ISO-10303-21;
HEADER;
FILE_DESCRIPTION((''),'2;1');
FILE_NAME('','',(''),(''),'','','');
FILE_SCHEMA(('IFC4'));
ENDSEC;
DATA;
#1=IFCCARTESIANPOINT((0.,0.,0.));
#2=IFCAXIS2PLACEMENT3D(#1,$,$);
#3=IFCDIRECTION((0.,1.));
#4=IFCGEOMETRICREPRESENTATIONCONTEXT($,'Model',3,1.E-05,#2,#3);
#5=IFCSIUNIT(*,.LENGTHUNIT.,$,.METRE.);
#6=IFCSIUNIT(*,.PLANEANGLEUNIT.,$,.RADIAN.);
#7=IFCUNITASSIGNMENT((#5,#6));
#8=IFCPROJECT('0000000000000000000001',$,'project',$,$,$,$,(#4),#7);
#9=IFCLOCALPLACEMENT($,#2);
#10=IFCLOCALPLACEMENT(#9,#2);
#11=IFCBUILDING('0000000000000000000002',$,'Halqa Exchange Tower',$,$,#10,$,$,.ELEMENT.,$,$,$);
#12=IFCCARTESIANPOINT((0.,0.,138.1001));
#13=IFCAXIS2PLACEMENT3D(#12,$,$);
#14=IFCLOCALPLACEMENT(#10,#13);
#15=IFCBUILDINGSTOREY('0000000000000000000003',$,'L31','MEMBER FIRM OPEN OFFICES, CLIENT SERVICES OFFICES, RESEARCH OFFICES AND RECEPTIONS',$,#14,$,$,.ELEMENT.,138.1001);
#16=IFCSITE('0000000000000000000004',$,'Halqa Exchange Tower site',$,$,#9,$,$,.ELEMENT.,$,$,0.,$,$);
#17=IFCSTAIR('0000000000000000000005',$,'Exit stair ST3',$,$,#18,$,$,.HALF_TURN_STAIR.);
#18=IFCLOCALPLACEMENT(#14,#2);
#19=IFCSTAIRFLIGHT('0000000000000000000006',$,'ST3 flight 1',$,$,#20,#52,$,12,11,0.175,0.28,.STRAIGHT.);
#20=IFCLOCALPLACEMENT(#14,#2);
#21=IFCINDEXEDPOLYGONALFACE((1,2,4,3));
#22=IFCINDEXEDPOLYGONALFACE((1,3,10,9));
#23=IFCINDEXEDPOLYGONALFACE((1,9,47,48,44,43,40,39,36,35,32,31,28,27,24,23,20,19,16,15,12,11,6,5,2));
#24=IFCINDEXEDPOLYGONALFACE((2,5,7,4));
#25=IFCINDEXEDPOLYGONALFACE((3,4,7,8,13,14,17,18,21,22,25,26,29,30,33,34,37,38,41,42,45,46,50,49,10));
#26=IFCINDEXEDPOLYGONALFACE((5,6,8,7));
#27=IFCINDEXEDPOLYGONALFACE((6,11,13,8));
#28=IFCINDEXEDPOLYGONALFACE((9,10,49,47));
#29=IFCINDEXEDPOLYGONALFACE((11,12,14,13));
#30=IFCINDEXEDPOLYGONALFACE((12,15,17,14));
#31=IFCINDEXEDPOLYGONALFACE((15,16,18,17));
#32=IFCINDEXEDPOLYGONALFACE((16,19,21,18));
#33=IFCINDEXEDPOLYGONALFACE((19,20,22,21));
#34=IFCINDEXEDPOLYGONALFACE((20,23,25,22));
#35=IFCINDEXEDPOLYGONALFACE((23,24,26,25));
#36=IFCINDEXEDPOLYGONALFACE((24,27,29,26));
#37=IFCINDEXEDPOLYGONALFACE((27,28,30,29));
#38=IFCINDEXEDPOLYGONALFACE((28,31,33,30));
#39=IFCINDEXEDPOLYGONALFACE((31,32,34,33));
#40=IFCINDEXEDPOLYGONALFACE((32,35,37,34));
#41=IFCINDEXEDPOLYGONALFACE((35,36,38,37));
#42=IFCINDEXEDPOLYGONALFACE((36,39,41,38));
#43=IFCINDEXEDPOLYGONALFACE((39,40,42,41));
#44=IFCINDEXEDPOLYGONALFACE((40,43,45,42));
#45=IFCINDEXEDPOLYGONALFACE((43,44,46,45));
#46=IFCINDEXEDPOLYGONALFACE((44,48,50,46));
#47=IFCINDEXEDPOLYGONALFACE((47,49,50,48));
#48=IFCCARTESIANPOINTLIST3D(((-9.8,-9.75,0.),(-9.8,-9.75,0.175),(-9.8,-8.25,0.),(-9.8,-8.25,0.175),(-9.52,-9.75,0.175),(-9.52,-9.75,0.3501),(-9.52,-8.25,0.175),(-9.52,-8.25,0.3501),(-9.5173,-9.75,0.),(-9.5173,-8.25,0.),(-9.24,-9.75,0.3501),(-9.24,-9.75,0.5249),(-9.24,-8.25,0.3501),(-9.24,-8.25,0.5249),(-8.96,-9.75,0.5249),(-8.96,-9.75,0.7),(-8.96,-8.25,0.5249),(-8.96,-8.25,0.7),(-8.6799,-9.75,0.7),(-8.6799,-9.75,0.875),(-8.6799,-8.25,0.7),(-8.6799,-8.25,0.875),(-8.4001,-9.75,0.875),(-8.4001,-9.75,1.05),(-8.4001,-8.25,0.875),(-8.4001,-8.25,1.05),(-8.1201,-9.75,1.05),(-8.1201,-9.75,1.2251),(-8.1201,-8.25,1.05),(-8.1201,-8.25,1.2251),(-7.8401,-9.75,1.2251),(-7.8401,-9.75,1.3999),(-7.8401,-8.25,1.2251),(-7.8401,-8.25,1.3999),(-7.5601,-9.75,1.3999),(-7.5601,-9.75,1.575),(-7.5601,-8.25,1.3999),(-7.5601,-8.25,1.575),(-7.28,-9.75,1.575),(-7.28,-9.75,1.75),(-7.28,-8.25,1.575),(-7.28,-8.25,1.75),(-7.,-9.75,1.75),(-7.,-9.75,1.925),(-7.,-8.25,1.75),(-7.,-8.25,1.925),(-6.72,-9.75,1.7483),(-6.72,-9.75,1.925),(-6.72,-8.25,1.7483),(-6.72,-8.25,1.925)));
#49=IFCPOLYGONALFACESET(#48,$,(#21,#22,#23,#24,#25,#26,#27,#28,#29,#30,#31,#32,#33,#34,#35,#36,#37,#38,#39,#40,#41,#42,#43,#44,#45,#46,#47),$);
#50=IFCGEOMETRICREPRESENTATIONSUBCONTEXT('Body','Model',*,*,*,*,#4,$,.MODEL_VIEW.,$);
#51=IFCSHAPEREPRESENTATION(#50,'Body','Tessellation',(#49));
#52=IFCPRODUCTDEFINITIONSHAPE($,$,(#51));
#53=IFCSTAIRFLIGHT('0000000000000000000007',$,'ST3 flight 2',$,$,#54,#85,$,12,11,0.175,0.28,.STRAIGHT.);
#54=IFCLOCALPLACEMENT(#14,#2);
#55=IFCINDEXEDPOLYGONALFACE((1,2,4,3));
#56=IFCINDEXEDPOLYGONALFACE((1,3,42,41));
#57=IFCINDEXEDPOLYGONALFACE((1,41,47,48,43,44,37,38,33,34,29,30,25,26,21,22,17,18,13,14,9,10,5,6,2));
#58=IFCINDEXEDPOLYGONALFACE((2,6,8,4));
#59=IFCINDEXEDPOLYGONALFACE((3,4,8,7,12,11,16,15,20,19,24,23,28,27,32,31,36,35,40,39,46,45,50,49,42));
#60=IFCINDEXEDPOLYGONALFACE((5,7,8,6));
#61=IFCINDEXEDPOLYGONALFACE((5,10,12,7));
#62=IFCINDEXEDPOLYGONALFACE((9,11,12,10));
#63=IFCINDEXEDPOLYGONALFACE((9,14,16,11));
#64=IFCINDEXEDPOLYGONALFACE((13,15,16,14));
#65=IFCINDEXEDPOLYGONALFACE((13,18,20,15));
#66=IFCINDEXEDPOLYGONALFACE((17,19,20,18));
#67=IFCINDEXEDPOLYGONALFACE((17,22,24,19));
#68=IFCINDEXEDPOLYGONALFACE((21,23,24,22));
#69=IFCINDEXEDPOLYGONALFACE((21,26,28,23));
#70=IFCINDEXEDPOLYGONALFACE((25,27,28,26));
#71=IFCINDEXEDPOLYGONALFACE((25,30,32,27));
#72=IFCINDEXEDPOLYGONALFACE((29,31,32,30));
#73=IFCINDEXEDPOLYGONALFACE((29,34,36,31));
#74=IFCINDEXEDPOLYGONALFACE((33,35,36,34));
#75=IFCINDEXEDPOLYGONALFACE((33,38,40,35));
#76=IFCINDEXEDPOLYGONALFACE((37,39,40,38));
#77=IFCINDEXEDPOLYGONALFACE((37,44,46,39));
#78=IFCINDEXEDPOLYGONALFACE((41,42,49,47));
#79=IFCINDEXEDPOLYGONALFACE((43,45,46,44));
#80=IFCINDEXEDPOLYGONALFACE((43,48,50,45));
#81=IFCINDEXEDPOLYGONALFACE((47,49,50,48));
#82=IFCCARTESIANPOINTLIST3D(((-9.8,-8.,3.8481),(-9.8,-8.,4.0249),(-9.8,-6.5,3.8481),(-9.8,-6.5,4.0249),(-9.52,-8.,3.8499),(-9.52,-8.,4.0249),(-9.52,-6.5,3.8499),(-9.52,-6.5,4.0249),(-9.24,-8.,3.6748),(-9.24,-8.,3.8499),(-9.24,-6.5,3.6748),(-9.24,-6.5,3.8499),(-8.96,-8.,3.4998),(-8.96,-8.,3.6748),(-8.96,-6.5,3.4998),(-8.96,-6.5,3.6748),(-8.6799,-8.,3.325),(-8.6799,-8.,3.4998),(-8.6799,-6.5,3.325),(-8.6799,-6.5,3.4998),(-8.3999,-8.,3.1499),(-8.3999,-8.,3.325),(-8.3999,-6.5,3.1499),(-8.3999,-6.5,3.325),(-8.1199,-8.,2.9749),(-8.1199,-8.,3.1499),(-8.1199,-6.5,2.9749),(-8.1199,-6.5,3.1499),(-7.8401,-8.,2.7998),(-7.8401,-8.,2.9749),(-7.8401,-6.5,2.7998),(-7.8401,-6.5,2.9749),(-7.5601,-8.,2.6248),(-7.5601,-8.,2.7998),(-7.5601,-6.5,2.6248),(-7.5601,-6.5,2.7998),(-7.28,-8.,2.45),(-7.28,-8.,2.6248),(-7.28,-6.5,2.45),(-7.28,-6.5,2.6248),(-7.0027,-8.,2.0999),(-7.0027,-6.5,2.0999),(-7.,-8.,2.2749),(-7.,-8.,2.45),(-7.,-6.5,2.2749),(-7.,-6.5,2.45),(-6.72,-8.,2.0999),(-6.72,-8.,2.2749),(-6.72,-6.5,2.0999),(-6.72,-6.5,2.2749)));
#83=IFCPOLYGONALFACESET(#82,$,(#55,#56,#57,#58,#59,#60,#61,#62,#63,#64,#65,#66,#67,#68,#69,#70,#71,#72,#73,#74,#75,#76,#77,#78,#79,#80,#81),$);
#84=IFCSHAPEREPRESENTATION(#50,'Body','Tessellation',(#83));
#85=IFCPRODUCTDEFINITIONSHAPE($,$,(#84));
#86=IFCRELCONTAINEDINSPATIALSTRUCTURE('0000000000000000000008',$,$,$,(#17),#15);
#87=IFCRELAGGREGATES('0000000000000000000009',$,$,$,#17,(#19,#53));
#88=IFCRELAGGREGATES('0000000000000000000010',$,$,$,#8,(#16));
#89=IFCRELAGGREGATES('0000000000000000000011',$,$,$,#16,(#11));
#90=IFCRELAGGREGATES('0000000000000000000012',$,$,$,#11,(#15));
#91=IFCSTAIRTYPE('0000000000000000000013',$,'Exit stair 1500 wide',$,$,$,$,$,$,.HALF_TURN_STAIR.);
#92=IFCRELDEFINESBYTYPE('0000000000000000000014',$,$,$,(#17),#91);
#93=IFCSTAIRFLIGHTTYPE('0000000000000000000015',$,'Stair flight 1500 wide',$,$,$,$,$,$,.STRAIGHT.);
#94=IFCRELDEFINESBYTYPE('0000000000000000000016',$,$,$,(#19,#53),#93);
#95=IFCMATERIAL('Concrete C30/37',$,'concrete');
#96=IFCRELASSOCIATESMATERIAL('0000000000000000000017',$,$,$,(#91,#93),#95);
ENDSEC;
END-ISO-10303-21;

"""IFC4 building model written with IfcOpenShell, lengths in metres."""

from ifc_helpers import new_model, si_unit, direction, frame, origin, place, context, subcontext, project, spatial, polyline, outline, extrude, material, type_object, element, aggregate, save


model = new_model("IFC4")

# Units and contexts
model_context = context("Model", 3, precision=1e-05, world=origin(), true_north=direction((0.0, 1.0)))
body_context = subcontext(model_context, "Body", "Model", "MODEL_VIEW")
ifc_project = project(units=[si_unit("LENGTHUNIT", "METRE"), si_unit("PLANEANGLEUNIT", "RADIAN")], contexts=[model_context])

# Site, building, storey
site_placement = place(None, origin())
site = spatial("IfcSite", under=ifc_project, at=site_placement, Name="Halqa Exchange Tower site", CompositionType="ELEMENT", RefElevation=0.0)
building_placement = place(site_placement, origin())
building = spatial("IfcBuilding", under=site, at=building_placement, Name="Halqa Exchange Tower", CompositionType="ELEMENT")
storey_placement = place(building_placement, frame((0.0, 0.0, 138.1001)))
storey = spatial("IfcBuildingStorey", under=building, at=storey_placement, Name="L31", Description="MEMBER FIRM OPEN OFFICES, CLIENT SERVICES OFFICES, RESEARCH OFFICES AND RECEPTIONS", CompositionType="ELEMENT", Elevation=138.1001)

# Stair, stair flights
ifc_material_1 = material(Name="Concrete C30/37", Category="concrete")
stair_type = type_object("IfcStairType", Name="Exit stair 1500 wide", PredefinedType="HALF_TURN_STAIR", material=ifc_material_1)
stair_placement = place(storey_placement, origin())
stair = element("IfcStair", 1, at=stair_placement, inside=storey, type_object=stair_type, Name="Exit stair ST3", PredefinedType="HALF_TURN_STAIR")
stair_flight_type = type_object("IfcStairFlightType", Name="Stair flight 1500 wide", PredefinedType="STRAIGHT", material=ifc_material_1)
stair_flight_1_placement = place(storey_placement, frame((-9.8, -9.0, 0.0), z_axis=(0.0, 0.0, 1.0), x_axis=(1.0, 0.0, 0.0)))
stair_flight_1 = element("IfcStairFlight", 2, at=stair_flight_1_placement, type_object=stair_flight_type, Name="ST3 flight 1", NumberOfRisers=12, NumberOfTreads=11, PredefinedType="STRAIGHT", RiserHeight=0.175, TreadLength=0.28, context=body_context, shape_type="SweptSolid", body=[
    extrude(outline(polyline([(0.0, 0.0), (0.0, 0.175), (0.28, 0.175), (0.28, 0.3501), (0.5601, 0.3501), (0.5601, 0.5249), (0.8401, 0.5249), (0.8401, 0.7), (1.1201, 0.7), (1.1201, 0.875), (1.3999, 0.875), (1.3999, 1.05), (1.6799, 1.05), (1.6799, 1.2251), (1.96, 1.2251), (1.96, 1.3999), (2.24, 1.3999), (2.24, 1.575), (2.52, 1.575), (2.52, 1.75), (2.8, 1.75), (2.8, 1.925), (3.0801, 1.925), (3.0801, 2.1001), (3.0801, 1.7483), (0.2827, 0.0), (0.0, 0.0)])), frame((0.0, 0.75, 0.0), z_axis=(0.0, -1.0, 0.0), x_axis=(1.0, 0.0, 0.0)), (0.0, 0.0, 1.0), 1.5),
])
stair_flight_2_placement = place(storey_placement, frame((-6.72, -7.25, 2.0999), z_axis=(0.0, 0.0, 1.0), x_axis=(-1.0, 0.0, 0.0)))
stair_flight_2 = element("IfcStairFlight", 3, at=stair_flight_2_placement, type_object=stair_flight_type, Name="ST3 flight 2", NumberOfRisers=12, NumberOfTreads=11, PredefinedType="STRAIGHT", RiserHeight=0.175, TreadLength=0.28, context=body_context, shape_type="SweptSolid", body=[
    extrude(outline(polyline([(0.0, 0.0), (0.0, 0.175), (0.28, 0.175), (0.28, 0.3501), (0.5601, 0.3501), (0.5601, 0.5249), (0.8401, 0.5249), (0.8401, 0.7), (1.1201, 0.7), (1.1201, 0.875), (1.3999, 0.875), (1.3999, 1.05), (1.6799, 1.05), (1.6799, 1.2251), (1.96, 1.2251), (1.96, 1.3999), (2.24, 1.3999), (2.24, 1.575), (2.52, 1.575), (2.52, 1.75), (2.8, 1.75), (2.8, 1.925), (3.0801, 1.925), (3.0801, 2.1001), (3.0801, 1.7483), (0.2827, 0.0), (0.0, 0.0)])), frame((0.0, 0.75, 0.0), z_axis=(0.0, -1.0, 0.0), x_axis=(1.0, 0.0, 0.0)), (0.0, 0.0, 1.0), 1.5),
])
aggregate(stair, [stair_flight_1, stair_flight_2])

save(model, "model.ifc")
